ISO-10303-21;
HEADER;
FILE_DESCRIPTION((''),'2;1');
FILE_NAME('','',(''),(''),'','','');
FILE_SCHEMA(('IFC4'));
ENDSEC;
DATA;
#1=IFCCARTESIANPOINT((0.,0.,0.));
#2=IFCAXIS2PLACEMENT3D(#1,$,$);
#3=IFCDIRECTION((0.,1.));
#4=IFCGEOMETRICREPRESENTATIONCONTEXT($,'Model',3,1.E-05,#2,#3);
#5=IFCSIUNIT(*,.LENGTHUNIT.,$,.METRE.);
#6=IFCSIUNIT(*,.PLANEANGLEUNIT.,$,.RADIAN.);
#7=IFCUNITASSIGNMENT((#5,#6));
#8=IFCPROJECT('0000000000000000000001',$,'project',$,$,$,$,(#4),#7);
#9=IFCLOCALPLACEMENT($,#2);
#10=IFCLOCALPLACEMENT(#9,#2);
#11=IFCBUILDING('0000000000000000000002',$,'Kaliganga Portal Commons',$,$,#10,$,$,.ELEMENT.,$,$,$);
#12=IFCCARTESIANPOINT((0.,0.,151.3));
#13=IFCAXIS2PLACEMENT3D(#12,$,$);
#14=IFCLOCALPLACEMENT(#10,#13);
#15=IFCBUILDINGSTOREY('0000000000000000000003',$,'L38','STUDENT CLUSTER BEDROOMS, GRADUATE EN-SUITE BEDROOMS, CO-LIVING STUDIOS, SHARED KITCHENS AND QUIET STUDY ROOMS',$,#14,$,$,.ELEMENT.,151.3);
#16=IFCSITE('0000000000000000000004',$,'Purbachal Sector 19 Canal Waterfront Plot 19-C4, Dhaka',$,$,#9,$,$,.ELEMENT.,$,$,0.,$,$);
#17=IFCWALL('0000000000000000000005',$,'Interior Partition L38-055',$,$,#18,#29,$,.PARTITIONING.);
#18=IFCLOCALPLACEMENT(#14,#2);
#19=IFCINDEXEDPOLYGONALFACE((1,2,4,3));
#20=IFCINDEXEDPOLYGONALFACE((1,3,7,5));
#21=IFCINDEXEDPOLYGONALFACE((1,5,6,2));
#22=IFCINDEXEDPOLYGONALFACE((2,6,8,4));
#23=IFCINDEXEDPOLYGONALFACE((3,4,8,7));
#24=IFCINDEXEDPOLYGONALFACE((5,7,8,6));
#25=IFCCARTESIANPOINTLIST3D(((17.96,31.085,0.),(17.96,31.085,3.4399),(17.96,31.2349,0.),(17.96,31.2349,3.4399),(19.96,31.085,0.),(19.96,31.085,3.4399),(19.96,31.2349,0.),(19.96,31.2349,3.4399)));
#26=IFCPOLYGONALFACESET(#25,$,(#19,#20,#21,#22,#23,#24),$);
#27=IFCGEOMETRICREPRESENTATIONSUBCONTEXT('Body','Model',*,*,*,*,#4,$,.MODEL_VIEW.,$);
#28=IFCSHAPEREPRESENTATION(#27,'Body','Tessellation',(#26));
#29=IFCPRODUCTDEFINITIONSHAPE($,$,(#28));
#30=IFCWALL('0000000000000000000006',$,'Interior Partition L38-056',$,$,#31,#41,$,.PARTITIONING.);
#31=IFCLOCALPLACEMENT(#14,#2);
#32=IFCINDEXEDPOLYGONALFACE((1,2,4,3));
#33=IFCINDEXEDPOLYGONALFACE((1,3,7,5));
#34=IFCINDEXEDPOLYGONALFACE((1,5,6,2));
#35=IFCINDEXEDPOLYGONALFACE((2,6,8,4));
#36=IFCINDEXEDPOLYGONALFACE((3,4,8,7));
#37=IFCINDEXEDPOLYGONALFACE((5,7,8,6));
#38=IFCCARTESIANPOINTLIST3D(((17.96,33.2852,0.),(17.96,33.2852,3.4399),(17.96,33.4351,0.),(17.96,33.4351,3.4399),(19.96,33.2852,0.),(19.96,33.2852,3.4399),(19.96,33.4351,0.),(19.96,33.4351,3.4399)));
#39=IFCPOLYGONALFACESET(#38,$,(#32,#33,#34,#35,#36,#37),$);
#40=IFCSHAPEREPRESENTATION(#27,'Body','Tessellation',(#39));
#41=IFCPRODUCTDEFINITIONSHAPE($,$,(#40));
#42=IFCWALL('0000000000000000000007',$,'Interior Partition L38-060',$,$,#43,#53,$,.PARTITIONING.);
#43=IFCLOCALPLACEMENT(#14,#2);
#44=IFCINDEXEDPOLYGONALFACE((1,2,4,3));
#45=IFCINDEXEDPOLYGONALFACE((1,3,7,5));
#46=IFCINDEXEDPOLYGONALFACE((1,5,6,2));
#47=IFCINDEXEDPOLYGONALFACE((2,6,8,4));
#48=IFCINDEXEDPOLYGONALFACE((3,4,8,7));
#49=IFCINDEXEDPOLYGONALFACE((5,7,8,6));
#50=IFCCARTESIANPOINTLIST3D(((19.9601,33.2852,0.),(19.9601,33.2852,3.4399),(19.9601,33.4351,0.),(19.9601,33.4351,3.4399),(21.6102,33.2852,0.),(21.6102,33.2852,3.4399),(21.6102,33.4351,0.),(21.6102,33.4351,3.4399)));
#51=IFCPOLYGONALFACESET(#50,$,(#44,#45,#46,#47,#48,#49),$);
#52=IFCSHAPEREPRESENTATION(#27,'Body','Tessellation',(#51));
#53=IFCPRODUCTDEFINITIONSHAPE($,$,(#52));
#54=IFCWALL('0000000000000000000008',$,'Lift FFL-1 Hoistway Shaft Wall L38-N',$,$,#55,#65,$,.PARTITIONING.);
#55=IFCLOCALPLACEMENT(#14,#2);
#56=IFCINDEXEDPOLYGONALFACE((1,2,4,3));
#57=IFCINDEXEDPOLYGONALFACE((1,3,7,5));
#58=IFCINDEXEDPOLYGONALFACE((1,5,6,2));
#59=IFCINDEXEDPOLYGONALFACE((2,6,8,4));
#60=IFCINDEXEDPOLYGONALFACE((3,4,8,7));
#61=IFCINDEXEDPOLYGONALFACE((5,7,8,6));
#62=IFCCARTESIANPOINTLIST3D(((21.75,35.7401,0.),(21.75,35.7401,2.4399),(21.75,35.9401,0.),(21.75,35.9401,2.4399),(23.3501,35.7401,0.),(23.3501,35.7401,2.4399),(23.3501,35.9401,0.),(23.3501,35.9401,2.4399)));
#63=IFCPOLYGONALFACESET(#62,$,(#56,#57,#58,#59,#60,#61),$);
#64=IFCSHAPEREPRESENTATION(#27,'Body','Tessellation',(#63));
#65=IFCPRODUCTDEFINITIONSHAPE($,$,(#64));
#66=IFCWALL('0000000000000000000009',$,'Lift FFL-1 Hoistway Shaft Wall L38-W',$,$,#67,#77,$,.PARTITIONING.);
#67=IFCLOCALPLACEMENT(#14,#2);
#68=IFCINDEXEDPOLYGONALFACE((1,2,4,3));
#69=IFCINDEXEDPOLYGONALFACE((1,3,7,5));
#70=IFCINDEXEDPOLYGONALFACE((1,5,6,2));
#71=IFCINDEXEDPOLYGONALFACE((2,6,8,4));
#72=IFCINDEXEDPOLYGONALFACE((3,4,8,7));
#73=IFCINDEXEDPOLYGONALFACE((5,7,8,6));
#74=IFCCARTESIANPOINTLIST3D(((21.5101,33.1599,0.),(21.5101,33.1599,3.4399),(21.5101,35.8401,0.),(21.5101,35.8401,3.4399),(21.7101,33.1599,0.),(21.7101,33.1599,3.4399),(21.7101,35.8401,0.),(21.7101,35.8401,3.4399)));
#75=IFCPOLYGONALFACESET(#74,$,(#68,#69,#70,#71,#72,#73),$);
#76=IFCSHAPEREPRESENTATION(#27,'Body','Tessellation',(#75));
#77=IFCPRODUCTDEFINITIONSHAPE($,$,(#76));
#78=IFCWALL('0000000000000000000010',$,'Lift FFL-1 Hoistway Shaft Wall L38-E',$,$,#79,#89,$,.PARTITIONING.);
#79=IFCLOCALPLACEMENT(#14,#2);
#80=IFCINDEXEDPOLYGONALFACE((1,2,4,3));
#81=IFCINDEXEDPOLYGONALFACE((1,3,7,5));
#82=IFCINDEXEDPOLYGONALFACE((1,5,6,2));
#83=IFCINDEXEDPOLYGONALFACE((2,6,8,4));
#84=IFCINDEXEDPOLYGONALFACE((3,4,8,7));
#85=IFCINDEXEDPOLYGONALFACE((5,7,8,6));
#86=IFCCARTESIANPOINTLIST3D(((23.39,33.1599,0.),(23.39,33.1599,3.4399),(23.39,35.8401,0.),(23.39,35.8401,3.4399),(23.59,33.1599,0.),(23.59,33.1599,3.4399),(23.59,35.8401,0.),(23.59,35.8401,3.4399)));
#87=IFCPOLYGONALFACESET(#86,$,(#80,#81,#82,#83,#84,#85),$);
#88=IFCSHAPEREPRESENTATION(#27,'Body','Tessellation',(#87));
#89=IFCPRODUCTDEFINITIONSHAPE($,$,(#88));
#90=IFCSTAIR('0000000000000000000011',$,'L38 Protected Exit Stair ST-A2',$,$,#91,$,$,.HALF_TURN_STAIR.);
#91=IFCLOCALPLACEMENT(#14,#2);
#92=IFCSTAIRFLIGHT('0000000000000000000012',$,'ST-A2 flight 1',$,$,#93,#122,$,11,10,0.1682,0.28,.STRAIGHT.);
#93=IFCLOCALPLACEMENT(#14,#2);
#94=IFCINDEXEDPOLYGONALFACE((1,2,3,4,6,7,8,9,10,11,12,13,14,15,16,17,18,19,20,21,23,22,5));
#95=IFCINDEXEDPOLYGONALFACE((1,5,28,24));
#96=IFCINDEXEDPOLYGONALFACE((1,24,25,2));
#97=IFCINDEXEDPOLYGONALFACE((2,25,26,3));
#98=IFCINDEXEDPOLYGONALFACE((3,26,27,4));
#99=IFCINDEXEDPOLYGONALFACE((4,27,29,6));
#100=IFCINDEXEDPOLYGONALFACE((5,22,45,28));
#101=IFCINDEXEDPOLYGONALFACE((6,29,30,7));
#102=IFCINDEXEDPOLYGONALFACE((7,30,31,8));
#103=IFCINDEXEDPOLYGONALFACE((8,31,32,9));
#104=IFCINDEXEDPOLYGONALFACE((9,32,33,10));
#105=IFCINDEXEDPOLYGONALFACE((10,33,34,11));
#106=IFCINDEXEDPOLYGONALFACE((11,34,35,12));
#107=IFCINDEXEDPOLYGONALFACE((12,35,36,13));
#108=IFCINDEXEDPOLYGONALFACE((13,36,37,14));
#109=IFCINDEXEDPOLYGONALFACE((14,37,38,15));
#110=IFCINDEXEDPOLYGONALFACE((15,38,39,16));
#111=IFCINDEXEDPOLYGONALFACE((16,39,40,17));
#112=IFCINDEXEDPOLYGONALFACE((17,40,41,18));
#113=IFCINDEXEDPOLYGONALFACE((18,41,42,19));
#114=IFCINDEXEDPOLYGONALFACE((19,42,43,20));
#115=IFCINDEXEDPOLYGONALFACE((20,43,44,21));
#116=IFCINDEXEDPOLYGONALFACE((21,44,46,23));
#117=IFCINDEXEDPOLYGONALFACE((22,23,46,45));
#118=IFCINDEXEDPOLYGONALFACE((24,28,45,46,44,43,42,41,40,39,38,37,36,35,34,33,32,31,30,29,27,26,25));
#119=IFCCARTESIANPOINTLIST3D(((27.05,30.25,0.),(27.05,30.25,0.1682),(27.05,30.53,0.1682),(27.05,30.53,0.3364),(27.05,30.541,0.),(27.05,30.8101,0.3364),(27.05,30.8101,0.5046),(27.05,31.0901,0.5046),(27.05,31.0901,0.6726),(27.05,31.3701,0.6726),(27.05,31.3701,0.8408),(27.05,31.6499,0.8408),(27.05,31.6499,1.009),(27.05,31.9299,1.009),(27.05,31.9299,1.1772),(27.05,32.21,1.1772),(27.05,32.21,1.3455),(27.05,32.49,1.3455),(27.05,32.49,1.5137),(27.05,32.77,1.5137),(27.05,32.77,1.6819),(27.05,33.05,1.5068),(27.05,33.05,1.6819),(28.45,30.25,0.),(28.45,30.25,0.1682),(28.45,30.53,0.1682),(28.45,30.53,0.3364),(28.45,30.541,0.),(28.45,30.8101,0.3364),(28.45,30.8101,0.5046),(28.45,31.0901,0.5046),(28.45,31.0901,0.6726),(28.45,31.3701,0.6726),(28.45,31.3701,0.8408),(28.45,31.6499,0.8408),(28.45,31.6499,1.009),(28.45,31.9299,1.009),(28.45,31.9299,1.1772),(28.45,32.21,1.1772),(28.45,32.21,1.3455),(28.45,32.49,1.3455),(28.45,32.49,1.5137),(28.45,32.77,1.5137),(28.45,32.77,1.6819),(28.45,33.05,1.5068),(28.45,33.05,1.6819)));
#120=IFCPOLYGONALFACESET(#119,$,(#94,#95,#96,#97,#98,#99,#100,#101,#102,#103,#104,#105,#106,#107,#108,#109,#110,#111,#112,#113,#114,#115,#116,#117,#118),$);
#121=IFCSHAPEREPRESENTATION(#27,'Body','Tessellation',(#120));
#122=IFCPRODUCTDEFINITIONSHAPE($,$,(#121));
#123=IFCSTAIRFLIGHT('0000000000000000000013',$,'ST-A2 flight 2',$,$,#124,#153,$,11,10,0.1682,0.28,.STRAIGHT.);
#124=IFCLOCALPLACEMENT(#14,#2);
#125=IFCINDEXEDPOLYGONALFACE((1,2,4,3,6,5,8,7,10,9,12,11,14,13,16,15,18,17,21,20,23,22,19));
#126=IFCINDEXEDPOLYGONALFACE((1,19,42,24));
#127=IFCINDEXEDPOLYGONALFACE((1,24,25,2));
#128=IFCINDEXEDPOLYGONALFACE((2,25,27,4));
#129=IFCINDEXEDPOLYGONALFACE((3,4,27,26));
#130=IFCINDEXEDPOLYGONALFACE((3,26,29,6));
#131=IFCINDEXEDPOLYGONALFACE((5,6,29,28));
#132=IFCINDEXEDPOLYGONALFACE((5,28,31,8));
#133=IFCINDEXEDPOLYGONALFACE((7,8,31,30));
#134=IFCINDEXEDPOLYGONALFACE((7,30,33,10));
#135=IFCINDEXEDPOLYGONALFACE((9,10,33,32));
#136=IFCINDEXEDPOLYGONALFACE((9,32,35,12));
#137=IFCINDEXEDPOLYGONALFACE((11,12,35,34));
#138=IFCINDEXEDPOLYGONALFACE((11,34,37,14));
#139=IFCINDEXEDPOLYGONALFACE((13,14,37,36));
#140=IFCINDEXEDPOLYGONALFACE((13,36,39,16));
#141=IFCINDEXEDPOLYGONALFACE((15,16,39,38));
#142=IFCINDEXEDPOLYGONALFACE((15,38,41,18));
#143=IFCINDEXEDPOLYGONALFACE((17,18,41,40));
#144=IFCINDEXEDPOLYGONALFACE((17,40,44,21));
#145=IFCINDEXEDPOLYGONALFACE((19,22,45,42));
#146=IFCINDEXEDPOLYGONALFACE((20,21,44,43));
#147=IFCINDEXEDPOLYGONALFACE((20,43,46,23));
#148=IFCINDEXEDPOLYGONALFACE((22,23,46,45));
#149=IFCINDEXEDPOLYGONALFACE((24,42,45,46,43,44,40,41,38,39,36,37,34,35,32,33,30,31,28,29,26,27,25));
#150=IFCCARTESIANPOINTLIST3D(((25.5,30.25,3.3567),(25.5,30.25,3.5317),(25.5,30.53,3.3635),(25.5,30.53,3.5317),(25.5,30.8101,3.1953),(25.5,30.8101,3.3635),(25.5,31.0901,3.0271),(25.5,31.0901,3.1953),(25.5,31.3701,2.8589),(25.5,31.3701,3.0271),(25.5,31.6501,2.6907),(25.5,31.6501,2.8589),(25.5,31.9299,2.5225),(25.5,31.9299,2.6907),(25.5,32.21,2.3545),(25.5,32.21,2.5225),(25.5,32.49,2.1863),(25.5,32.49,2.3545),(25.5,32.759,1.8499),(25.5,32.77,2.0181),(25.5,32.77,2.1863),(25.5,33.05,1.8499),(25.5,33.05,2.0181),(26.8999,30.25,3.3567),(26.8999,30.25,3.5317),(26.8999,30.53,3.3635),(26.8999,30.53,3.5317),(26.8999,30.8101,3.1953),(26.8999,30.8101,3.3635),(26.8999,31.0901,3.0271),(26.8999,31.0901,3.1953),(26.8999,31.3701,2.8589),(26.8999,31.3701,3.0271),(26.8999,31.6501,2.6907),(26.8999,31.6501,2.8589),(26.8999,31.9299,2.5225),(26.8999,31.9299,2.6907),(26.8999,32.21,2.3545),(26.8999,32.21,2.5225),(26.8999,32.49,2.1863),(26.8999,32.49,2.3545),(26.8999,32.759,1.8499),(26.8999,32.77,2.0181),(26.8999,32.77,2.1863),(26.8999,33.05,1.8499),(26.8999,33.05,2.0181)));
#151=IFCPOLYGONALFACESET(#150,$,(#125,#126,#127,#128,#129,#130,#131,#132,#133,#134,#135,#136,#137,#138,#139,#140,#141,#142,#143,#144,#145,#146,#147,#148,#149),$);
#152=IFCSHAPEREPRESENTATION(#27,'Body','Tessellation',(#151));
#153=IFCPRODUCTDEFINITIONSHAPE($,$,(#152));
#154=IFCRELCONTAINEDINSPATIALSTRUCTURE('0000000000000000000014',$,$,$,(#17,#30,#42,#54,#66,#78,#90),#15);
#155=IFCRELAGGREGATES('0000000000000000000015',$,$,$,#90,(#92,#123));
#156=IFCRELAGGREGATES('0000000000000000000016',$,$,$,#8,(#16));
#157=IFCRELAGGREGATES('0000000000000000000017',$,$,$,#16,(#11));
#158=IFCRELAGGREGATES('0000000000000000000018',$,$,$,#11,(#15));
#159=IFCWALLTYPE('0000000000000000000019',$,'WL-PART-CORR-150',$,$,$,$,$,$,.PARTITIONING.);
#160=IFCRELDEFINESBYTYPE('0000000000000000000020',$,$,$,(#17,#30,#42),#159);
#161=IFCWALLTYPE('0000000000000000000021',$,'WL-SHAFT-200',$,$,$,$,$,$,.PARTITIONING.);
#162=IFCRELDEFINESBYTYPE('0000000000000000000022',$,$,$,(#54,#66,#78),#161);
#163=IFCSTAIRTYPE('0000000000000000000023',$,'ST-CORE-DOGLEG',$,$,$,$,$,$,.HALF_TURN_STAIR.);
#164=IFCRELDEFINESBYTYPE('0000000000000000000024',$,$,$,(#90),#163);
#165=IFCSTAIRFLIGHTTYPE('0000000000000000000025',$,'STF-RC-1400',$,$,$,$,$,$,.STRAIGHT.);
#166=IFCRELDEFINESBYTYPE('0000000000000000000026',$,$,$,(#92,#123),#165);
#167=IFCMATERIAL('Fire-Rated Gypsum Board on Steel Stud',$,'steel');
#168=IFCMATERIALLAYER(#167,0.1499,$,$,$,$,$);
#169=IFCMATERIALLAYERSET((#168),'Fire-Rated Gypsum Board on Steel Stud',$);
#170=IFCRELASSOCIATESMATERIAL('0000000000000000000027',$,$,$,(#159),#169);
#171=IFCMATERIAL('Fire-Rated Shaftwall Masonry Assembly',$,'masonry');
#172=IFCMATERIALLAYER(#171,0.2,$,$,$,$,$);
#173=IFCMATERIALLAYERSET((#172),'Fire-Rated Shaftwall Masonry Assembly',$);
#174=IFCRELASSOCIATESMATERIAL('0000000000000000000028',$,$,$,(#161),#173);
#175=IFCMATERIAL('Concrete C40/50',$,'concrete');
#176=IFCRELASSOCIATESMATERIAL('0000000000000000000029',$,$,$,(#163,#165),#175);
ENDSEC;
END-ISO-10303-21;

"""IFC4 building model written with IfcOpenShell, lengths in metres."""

from ifc_helpers import new_model, si_unit, direction, frame, frame_2d, origin, place, context, subcontext, project, spatial, polyline, rectangle, outline, extrude, material, layer, layer_set, type_object, element, aggregate, save


model = new_model("IFC4")

# Units and contexts
model_context = context("Model", 3, precision=1e-05, world=origin(), true_north=direction((0.0, 1.0)))
body_context = subcontext(model_context, "Body", "Model", "MODEL_VIEW")
ifc_project = project(units=[si_unit("LENGTHUNIT", "METRE"), si_unit("PLANEANGLEUNIT", "RADIAN")], contexts=[model_context])

# Site, building, storey
site_placement = place(None, origin())
site = spatial("IfcSite", under=ifc_project, at=site_placement, Name="Purbachal Sector 19 Canal Waterfront Plot 19-C4, Dhaka", CompositionType="ELEMENT", RefElevation=0.0)
building_placement = place(site_placement, origin())
building = spatial("IfcBuilding", under=site, at=building_placement, Name="Kaliganga Portal Commons", CompositionType="ELEMENT")
storey_placement = place(building_placement, frame((0.0, 0.0, 151.3)))
storey = spatial("IfcBuildingStorey", under=building, at=storey_placement, Name="L38", Description="STUDENT CLUSTER BEDROOMS, GRADUATE EN-SUITE BEDROOMS, CO-LIVING STUDIOS, SHARED KITCHENS AND QUIET STUDY ROOMS", CompositionType="ELEMENT", Elevation=151.3)

# Walls
ifc_material_1 = material(Name="Fire-Rated Gypsum Board on Steel Stud", Category="steel")
ifc_layer_1 = layer(ifc_material_1, 0.1499)
ifc_layer_set_1 = layer_set([ifc_layer_1], Name="Fire-Rated Gypsum Board on Steel Stud")
wall_type_1 = type_object("IfcWallType", Name="WL-PART-CORR-150", PredefinedType="PARTITIONING", material=ifc_layer_set_1)
for number, where, z_axis, x_axis, name in (
    (1, (17.96, 31.1599, 0.0), (0.0, 0.0, 1.0), (1.0, 0.0, 0.0), "Interior Partition L38-055"),
    (2, (17.96, 33.3601, 0.0), (0.0, 0.0, 1.0), (1.0, 0.0, 0.0), "Interior Partition L38-056"),
):
    element("IfcWall", number, at=place(storey_placement, frame(where, z_axis=z_axis, x_axis=x_axis)), inside=storey, type_object=wall_type_1, Name=name, PredefinedType="PARTITIONING", context=body_context, shape_type="SweptSolid", body=[
        extrude(rectangle(XDim=2.0, YDim=0.1499, at=frame_2d((1.0, 0.0))), origin(), (0.0, 0.0, 1.0), 3.4399),
    ])
wall_1_placement = place(storey_placement, frame((19.96, 33.3601, 0.0), z_axis=(0.0, 0.0, 1.0), x_axis=(1.0, 0.0, 0.0)))
element("IfcWall", 3, at=wall_1_placement, inside=storey, type_object=wall_type_1, Name="Interior Partition L38-060", PredefinedType="PARTITIONING", context=body_context, shape_type="SweptSolid", body=[
    extrude(rectangle(XDim=1.6501, YDim=0.1499, at=frame_2d((0.8252, 0.0))), origin(), (0.0, 0.0, 1.0), 3.4399),
])

# Shared definitions
ifc_material_2 = material(Name="Fire-Rated Shaftwall Masonry Assembly", Category="masonry")
ifc_layer_2 = layer(ifc_material_2, 0.2)
ifc_layer_set_2 = layer_set([ifc_layer_2], Name="Fire-Rated Shaftwall Masonry Assembly")
wall_type_2 = type_object("IfcWallType", Name="WL-SHAFT-200", PredefinedType="PARTITIONING", material=ifc_layer_set_2)

# Walls
wall_2_placement = place(storey_placement, frame((21.75, 35.8401, 0.0), z_axis=(0.0, 0.0, 1.0), x_axis=(1.0, 0.0, 0.0)))
element("IfcWall", 4, at=wall_2_placement, inside=storey, type_object=wall_type_2, Name="Lift FFL-1 Hoistway Shaft Wall L38-N", PredefinedType="PARTITIONING", context=body_context, shape_type="SweptSolid", body=[
    extrude(rectangle(XDim=1.6001, YDim=0.2, at=frame_2d((0.8, 0.0))), origin(), (0.0, 0.0, 1.0), 2.4399),
])
for number, where, z_axis, x_axis, name in (
    (5, (21.6101, 33.1599, 0.0), (0.0, 0.0, 1.0), (0.0, 1.0, 0.0), "Lift FFL-1 Hoistway Shaft Wall L38-W"),
    (6, (23.49, 33.1599, 0.0), (0.0, 0.0, 1.0), (0.0, 1.0, 0.0), "Lift FFL-1 Hoistway Shaft Wall L38-E"),
):
    element("IfcWall", number, at=place(storey_placement, frame(where, z_axis=z_axis, x_axis=x_axis)), inside=storey, type_object=wall_type_2, Name=name, PredefinedType="PARTITIONING", context=body_context, shape_type="SweptSolid", body=[
        extrude(rectangle(XDim=2.6802, YDim=0.2, at=frame_2d((1.3401, 0.0))), origin(), (0.0, 0.0, 1.0), 3.4399),
    ])

# Stair, stair flights
ifc_material_3 = material(Name="Concrete C40/50", Category="concrete")
stair_type = type_object("IfcStairType", Name="ST-CORE-DOGLEG", PredefinedType="HALF_TURN_STAIR", material=ifc_material_3)
stair_placement = place(storey_placement, origin())
stair = element("IfcStair", 7, at=stair_placement, inside=storey, type_object=stair_type, Name="L38 Protected Exit Stair ST-A2", PredefinedType="HALF_TURN_STAIR")
stair_flight_type = type_object("IfcStairFlightType", Name="STF-RC-1400", PredefinedType="STRAIGHT", material=ifc_material_3)
stair_flight_1_placement = place(storey_placement, frame((27.75, 30.25, 0.0), z_axis=(0.0, 0.0, 1.0), x_axis=(0.0, 1.0, 0.0)))
stair_flight_1 = element("IfcStairFlight", 8, at=stair_flight_1_placement, type_object=stair_flight_type, Name="ST-A2 flight 1", NumberOfRisers=11, NumberOfTreads=10, PredefinedType="STRAIGHT", RiserHeight=0.1682, TreadLength=0.28, context=body_context, shape_type="SweptSolid", body=[
    extrude(outline(polyline([(0.0, 0.0), (0.0, 0.1682), (0.28, 0.1682), (0.28, 0.3364), (0.5601, 0.3364), (0.5601, 0.5046), (0.8401, 0.5046), (0.8401, 0.6726), (1.1201, 0.6726), (1.1201, 0.8408), (1.3999, 0.8408), (1.3999, 1.009), (1.6799, 1.009), (1.6799, 1.1772), (1.96, 1.1772), (1.96, 1.3455), (2.24, 1.3455), (2.24, 1.5137), (2.52, 1.5137), (2.52, 1.6819), (2.8, 1.6819), (2.8, 1.8501), (2.8, 1.5068), (0.291, 0.0), (0.0, 0.0)])), frame((0.0, 0.7, 0.0), z_axis=(0.0, -1.0, 0.0), x_axis=(1.0, 0.0, 0.0)), (0.0, 0.0, 1.0), 1.3999),
])
stair_flight_2_placement = place(storey_placement, frame((26.2, 33.05, 1.8499), z_axis=(0.0, 0.0, 1.0), x_axis=(0.0, -1.0, 0.0)))
stair_flight_2 = element("IfcStairFlight", 9, at=stair_flight_2_placement, type_object=stair_flight_type, Name="ST-A2 flight 2", NumberOfRisers=11, NumberOfTreads=10, PredefinedType="STRAIGHT", RiserHeight=0.1682, TreadLength=0.28, context=body_context, shape_type="SweptSolid", body=[
    extrude(outline(polyline([(0.0, 0.0), (0.0, 0.1682), (0.28, 0.1682), (0.28, 0.3364), (0.5601, 0.3364), (0.5601, 0.5046), (0.8401, 0.5046), (0.8401, 0.6726), (1.1201, 0.6726), (1.1201, 0.8408), (1.3999, 0.8408), (1.3999, 1.009), (1.6799, 1.009), (1.6799, 1.1772), (1.96, 1.1772), (1.96, 1.3455), (2.24, 1.3455), (2.24, 1.5137), (2.52, 1.5137), (2.52, 1.6819), (2.8, 1.6819), (2.8, 1.8501), (2.8, 1.5068), (0.291, 0.0), (0.0, 0.0)])), frame((0.0, 0.7, 0.0), z_axis=(0.0, -1.0, 0.0), x_axis=(1.0, 0.0, 0.0)), (0.0, 0.0, 1.0), 1.3999),
])
aggregate(stair, [stair_flight_1, stair_flight_2])

save(model, "model.ifc")
